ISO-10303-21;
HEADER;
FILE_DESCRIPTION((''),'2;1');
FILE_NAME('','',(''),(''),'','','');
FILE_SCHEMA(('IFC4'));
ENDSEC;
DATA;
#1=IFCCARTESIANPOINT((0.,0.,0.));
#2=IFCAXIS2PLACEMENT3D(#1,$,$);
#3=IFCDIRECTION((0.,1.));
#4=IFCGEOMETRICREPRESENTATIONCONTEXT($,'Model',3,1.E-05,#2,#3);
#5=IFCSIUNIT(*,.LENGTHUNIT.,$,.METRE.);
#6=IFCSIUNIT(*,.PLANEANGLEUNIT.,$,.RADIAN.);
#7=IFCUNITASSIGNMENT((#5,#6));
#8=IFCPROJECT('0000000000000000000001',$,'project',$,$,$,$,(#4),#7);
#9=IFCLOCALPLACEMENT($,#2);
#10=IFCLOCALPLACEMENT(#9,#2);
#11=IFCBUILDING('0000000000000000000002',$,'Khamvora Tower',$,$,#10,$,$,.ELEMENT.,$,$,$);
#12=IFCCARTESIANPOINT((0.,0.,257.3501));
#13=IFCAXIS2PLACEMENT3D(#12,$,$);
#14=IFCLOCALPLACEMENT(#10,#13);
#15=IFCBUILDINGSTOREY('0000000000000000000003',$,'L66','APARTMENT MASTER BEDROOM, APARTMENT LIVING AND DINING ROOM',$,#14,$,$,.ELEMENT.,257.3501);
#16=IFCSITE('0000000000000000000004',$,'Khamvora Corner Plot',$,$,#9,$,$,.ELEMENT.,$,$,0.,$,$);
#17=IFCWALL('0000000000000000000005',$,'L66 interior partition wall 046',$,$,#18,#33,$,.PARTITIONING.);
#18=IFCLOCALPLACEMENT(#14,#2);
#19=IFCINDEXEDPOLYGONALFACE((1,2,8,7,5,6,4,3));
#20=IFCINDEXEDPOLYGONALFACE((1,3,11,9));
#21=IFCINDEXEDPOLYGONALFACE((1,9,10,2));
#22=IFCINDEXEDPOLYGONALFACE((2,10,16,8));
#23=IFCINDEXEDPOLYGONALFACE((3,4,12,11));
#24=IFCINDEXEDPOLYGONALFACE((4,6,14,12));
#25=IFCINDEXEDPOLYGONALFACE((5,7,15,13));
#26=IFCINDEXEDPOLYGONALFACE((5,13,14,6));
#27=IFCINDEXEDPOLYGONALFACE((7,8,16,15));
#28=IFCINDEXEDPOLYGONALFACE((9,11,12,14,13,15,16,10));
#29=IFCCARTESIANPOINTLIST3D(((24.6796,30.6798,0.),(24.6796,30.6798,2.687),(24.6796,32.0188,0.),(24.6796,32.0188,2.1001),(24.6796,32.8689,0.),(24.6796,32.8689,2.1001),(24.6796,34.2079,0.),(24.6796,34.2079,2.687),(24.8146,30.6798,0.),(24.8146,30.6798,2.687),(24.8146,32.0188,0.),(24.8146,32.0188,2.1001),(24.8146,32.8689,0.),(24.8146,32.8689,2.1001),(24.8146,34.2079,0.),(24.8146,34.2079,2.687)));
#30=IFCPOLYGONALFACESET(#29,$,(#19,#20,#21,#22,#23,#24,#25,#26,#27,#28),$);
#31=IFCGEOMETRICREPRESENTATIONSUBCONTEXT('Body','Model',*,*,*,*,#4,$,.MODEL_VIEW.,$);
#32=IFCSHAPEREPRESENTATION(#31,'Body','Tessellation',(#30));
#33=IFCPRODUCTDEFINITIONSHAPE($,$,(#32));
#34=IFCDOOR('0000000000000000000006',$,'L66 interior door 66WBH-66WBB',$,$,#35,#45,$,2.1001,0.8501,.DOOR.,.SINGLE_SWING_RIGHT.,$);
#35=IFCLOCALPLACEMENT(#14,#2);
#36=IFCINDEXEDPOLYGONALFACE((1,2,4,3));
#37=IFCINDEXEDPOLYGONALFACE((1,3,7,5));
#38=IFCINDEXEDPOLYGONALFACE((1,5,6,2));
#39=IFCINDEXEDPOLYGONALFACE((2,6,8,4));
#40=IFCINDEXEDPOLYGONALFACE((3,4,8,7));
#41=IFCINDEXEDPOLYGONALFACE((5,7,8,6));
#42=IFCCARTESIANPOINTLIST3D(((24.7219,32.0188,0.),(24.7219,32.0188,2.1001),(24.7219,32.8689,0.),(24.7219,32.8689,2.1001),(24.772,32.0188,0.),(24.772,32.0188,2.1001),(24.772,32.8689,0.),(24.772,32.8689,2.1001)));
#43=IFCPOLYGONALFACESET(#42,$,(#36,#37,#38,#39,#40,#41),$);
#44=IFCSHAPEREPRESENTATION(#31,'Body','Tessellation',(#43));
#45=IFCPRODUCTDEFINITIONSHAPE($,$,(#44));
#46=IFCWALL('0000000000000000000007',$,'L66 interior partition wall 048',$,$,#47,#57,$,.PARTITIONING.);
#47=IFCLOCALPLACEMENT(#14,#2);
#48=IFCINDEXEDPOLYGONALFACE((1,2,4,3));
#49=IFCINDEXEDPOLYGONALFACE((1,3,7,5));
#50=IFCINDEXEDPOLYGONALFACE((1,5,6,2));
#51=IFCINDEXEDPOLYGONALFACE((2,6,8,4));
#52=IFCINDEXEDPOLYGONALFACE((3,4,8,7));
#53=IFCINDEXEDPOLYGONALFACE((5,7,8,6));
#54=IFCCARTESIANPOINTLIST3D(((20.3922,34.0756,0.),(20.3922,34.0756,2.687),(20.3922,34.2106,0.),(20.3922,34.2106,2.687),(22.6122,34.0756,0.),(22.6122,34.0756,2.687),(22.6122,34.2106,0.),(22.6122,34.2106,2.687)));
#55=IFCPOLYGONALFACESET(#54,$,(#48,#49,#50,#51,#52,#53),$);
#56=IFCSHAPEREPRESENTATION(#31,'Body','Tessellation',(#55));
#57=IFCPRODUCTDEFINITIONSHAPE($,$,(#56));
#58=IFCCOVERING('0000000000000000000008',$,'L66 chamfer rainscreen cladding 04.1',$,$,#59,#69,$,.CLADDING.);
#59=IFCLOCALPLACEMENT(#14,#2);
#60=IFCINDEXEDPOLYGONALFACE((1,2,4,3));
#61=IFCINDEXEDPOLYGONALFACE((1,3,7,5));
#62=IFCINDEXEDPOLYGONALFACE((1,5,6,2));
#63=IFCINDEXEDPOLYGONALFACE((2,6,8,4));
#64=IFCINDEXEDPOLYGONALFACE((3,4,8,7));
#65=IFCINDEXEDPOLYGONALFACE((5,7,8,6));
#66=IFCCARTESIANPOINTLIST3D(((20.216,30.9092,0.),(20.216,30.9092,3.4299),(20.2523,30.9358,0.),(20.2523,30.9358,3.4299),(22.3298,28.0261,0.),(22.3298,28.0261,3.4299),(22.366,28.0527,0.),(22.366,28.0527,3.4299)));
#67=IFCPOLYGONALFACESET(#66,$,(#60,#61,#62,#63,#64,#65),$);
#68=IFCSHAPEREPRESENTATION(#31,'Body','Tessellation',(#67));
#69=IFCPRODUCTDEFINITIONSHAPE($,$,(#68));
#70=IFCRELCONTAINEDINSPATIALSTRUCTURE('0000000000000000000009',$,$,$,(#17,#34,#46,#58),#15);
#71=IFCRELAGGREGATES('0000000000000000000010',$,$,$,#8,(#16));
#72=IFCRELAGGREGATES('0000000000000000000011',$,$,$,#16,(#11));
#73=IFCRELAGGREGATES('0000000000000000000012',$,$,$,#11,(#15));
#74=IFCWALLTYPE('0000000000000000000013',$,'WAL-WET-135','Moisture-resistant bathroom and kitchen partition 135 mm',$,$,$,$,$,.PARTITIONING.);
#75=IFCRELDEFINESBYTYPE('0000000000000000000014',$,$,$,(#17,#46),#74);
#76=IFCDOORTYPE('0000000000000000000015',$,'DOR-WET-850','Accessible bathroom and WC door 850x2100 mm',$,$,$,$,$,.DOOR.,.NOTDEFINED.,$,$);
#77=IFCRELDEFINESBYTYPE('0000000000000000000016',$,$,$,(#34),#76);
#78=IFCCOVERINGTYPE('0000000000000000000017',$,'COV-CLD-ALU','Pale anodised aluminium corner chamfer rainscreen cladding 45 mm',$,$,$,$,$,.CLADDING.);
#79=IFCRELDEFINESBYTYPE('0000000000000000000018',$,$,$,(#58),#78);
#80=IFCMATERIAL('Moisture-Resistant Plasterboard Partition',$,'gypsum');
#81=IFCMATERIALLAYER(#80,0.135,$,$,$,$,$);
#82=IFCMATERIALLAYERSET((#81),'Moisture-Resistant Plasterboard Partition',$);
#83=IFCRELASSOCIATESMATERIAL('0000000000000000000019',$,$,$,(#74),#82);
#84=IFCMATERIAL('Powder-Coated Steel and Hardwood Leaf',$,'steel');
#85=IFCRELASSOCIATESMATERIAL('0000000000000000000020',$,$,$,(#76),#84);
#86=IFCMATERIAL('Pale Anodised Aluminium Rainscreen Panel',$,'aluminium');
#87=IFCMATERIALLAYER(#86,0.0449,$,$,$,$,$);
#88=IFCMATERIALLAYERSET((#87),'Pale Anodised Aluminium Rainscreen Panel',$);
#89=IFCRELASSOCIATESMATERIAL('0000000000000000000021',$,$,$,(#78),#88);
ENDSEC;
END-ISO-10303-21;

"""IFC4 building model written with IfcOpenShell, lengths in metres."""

from ifc_helpers import new_model, si_unit, direction, frame, frame_2d, origin, origin_2d, place, context, subcontext, project, spatial, rectangle, extrude, material, layer, layer_set, type_object, element, fill, save


model = new_model("IFC4")

# Units and contexts
model_context = context("Model", 3, precision=1e-05, world=origin(), true_north=direction((0.0, 1.0)))
body_context = subcontext(model_context, "Body", "Model", "MODEL_VIEW")
ifc_project = project(units=[si_unit("LENGTHUNIT", "METRE"), si_unit("PLANEANGLEUNIT", "RADIAN")], contexts=[model_context])

# Site, building, storey
site_placement = place(None, origin())
site = spatial("IfcSite", under=ifc_project, at=site_placement, Name="Khamvora Corner Plot", CompositionType="ELEMENT", RefElevation=0.0)
building_placement = place(site_placement, origin())
building = spatial("IfcBuilding", under=site, at=building_placement, Name="Khamvora Tower", CompositionType="ELEMENT")
storey_placement = place(building_placement, frame((0.0, 0.0, 257.3501)))
storey = spatial("IfcBuildingStorey", under=building, at=storey_placement, Name="L66", Description="APARTMENT MASTER BEDROOM, APARTMENT LIVING AND DINING ROOM", CompositionType="ELEMENT", Elevation=257.3501)

# Shared definitions
ifc_material_1 = material(Name="Powder-Coated Steel and Hardwood Leaf", Category="steel")

# Shared definitions
ifc_material_2 = material(Name="Moisture-Resistant Plasterboard Partition", Category="gypsum")
ifc_layer_1 = layer(ifc_material_2, 0.135)
ifc_layer_set_1 = layer_set([ifc_layer_1], Name="Moisture-Resistant Plasterboard Partition")
wall_type_1 = type_object("IfcWallType", Name="WAL-WET-135", Description="Moisture-resistant bathroom and kitchen partition 135 mm", PredefinedType="PARTITIONING", material=ifc_layer_set_1)

# Wall, opening, door
wall_1_placement = place(storey_placement, frame((24.7471, 34.208, 0.0), z_axis=(0.0, 0.0, 1.0), x_axis=(0.0, -1.0, 0.0)))
wall_1 = element("IfcWall", 1, at=wall_1_placement, inside=storey, type_object=wall_type_1, Name="L66 interior partition wall 046", PredefinedType="PARTITIONING", context=body_context, shape_type="SweptSolid", body=[
    extrude(rectangle(XDim=3.5281, YDim=0.135, at=frame_2d((1.7642, 0.0))), origin(), (0.0, 0.0, 1.0), 2.687),
])
opening_1_placement = place(wall_1_placement, frame((1.3391, 0.0, 0.0)))
opening_1 = element("IfcOpeningElement", 2, at=opening_1_placement, cuts=wall_1, PredefinedType="OPENING", context=body_context, shape_type="SweptSolid", body=[
    extrude(rectangle(XDim=0.8501, YDim=2.1001, at=frame_2d((0.425, 1.05))), frame((0.0, 0.0774, 0.0), z_axis=(0.0, -1.0, 0.0), x_axis=(1.0, 0.0, 0.0)), (0.0, 0.0, 1.0), 0.155),
])
door_type_1 = type_object("IfcDoorType", Name="DOR-WET-850", Description="Accessible bathroom and WC door 850x2100 mm", OperationType="NOTDEFINED", PredefinedType="DOOR", material=ifc_material_1)
door_1_placement = place(opening_1_placement, origin())
door_1 = element("IfcDoor", 3, at=door_1_placement, inside=storey, type_object=door_type_1, Name="L66 interior door 66WBH-66WBB", OperationType="SINGLE_SWING_RIGHT", OverallHeight=2.1001, OverallWidth=0.8501, PredefinedType="DOOR", context=body_context, shape_type="SweptSolid", body=[
    extrude(rectangle(XDim=0.8501, YDim=2.1001, at=frame_2d((0.425, 1.05))), frame((0.0, 0.0249, 0.0), z_axis=(0.0, -1.0, 0.0), x_axis=(1.0, 0.0, 0.0)), (0.0, 0.0, 1.0), 0.05),
])
fill(opening_1, door_1)

# Wall
wall_2_placement = place(storey_placement, frame((22.6121, 34.1431, 0.0), z_axis=(0.0, 0.0, 1.0), x_axis=(-1.0, 0.0, 0.0)))
element("IfcWall", 4, at=wall_2_placement, inside=storey, type_object=wall_type_1, Name="L66 interior partition wall 048", PredefinedType="PARTITIONING", context=body_context, shape_type="SweptSolid", body=[
    extrude(rectangle(XDim=2.22, YDim=0.135, at=frame_2d((1.1099, 0.0))), origin(), (0.0, 0.0, 1.0), 2.687),
])

# Covering
ifc_material_3 = material(Name="Pale Anodised Aluminium Rainscreen Panel", Category="aluminium")
ifc_layer_2 = layer(ifc_material_3, 0.0449)
ifc_layer_set_2 = layer_set([ifc_layer_2], Name="Pale Anodised Aluminium Rainscreen Panel")
covering_type = type_object("IfcCoveringType", Name="COV-CLD-ALU", Description="Pale anodised aluminium corner chamfer rainscreen cladding 45 mm", PredefinedType="CLADDING", material=ifc_layer_set_2)
covering_placement = place(storey_placement, frame((21.291, 29.481, 0.0), z_axis=(0.0, 0.0, 1.0), x_axis=(-0.591257, 0.806483, 0.0)))
element("IfcCovering", 5, at=covering_placement, inside=storey, type_object=covering_type, Name="L66 chamfer rainscreen cladding 04.1", PredefinedType="CLADDING", context=body_context, shape_type="SweptSolid", body=[
    extrude(rectangle(XDim=3.575, YDim=0.0449, at=origin_2d()), origin(), (0.0, 0.0, 1.0), 3.4299),
])

save(model, "model.ifc")
